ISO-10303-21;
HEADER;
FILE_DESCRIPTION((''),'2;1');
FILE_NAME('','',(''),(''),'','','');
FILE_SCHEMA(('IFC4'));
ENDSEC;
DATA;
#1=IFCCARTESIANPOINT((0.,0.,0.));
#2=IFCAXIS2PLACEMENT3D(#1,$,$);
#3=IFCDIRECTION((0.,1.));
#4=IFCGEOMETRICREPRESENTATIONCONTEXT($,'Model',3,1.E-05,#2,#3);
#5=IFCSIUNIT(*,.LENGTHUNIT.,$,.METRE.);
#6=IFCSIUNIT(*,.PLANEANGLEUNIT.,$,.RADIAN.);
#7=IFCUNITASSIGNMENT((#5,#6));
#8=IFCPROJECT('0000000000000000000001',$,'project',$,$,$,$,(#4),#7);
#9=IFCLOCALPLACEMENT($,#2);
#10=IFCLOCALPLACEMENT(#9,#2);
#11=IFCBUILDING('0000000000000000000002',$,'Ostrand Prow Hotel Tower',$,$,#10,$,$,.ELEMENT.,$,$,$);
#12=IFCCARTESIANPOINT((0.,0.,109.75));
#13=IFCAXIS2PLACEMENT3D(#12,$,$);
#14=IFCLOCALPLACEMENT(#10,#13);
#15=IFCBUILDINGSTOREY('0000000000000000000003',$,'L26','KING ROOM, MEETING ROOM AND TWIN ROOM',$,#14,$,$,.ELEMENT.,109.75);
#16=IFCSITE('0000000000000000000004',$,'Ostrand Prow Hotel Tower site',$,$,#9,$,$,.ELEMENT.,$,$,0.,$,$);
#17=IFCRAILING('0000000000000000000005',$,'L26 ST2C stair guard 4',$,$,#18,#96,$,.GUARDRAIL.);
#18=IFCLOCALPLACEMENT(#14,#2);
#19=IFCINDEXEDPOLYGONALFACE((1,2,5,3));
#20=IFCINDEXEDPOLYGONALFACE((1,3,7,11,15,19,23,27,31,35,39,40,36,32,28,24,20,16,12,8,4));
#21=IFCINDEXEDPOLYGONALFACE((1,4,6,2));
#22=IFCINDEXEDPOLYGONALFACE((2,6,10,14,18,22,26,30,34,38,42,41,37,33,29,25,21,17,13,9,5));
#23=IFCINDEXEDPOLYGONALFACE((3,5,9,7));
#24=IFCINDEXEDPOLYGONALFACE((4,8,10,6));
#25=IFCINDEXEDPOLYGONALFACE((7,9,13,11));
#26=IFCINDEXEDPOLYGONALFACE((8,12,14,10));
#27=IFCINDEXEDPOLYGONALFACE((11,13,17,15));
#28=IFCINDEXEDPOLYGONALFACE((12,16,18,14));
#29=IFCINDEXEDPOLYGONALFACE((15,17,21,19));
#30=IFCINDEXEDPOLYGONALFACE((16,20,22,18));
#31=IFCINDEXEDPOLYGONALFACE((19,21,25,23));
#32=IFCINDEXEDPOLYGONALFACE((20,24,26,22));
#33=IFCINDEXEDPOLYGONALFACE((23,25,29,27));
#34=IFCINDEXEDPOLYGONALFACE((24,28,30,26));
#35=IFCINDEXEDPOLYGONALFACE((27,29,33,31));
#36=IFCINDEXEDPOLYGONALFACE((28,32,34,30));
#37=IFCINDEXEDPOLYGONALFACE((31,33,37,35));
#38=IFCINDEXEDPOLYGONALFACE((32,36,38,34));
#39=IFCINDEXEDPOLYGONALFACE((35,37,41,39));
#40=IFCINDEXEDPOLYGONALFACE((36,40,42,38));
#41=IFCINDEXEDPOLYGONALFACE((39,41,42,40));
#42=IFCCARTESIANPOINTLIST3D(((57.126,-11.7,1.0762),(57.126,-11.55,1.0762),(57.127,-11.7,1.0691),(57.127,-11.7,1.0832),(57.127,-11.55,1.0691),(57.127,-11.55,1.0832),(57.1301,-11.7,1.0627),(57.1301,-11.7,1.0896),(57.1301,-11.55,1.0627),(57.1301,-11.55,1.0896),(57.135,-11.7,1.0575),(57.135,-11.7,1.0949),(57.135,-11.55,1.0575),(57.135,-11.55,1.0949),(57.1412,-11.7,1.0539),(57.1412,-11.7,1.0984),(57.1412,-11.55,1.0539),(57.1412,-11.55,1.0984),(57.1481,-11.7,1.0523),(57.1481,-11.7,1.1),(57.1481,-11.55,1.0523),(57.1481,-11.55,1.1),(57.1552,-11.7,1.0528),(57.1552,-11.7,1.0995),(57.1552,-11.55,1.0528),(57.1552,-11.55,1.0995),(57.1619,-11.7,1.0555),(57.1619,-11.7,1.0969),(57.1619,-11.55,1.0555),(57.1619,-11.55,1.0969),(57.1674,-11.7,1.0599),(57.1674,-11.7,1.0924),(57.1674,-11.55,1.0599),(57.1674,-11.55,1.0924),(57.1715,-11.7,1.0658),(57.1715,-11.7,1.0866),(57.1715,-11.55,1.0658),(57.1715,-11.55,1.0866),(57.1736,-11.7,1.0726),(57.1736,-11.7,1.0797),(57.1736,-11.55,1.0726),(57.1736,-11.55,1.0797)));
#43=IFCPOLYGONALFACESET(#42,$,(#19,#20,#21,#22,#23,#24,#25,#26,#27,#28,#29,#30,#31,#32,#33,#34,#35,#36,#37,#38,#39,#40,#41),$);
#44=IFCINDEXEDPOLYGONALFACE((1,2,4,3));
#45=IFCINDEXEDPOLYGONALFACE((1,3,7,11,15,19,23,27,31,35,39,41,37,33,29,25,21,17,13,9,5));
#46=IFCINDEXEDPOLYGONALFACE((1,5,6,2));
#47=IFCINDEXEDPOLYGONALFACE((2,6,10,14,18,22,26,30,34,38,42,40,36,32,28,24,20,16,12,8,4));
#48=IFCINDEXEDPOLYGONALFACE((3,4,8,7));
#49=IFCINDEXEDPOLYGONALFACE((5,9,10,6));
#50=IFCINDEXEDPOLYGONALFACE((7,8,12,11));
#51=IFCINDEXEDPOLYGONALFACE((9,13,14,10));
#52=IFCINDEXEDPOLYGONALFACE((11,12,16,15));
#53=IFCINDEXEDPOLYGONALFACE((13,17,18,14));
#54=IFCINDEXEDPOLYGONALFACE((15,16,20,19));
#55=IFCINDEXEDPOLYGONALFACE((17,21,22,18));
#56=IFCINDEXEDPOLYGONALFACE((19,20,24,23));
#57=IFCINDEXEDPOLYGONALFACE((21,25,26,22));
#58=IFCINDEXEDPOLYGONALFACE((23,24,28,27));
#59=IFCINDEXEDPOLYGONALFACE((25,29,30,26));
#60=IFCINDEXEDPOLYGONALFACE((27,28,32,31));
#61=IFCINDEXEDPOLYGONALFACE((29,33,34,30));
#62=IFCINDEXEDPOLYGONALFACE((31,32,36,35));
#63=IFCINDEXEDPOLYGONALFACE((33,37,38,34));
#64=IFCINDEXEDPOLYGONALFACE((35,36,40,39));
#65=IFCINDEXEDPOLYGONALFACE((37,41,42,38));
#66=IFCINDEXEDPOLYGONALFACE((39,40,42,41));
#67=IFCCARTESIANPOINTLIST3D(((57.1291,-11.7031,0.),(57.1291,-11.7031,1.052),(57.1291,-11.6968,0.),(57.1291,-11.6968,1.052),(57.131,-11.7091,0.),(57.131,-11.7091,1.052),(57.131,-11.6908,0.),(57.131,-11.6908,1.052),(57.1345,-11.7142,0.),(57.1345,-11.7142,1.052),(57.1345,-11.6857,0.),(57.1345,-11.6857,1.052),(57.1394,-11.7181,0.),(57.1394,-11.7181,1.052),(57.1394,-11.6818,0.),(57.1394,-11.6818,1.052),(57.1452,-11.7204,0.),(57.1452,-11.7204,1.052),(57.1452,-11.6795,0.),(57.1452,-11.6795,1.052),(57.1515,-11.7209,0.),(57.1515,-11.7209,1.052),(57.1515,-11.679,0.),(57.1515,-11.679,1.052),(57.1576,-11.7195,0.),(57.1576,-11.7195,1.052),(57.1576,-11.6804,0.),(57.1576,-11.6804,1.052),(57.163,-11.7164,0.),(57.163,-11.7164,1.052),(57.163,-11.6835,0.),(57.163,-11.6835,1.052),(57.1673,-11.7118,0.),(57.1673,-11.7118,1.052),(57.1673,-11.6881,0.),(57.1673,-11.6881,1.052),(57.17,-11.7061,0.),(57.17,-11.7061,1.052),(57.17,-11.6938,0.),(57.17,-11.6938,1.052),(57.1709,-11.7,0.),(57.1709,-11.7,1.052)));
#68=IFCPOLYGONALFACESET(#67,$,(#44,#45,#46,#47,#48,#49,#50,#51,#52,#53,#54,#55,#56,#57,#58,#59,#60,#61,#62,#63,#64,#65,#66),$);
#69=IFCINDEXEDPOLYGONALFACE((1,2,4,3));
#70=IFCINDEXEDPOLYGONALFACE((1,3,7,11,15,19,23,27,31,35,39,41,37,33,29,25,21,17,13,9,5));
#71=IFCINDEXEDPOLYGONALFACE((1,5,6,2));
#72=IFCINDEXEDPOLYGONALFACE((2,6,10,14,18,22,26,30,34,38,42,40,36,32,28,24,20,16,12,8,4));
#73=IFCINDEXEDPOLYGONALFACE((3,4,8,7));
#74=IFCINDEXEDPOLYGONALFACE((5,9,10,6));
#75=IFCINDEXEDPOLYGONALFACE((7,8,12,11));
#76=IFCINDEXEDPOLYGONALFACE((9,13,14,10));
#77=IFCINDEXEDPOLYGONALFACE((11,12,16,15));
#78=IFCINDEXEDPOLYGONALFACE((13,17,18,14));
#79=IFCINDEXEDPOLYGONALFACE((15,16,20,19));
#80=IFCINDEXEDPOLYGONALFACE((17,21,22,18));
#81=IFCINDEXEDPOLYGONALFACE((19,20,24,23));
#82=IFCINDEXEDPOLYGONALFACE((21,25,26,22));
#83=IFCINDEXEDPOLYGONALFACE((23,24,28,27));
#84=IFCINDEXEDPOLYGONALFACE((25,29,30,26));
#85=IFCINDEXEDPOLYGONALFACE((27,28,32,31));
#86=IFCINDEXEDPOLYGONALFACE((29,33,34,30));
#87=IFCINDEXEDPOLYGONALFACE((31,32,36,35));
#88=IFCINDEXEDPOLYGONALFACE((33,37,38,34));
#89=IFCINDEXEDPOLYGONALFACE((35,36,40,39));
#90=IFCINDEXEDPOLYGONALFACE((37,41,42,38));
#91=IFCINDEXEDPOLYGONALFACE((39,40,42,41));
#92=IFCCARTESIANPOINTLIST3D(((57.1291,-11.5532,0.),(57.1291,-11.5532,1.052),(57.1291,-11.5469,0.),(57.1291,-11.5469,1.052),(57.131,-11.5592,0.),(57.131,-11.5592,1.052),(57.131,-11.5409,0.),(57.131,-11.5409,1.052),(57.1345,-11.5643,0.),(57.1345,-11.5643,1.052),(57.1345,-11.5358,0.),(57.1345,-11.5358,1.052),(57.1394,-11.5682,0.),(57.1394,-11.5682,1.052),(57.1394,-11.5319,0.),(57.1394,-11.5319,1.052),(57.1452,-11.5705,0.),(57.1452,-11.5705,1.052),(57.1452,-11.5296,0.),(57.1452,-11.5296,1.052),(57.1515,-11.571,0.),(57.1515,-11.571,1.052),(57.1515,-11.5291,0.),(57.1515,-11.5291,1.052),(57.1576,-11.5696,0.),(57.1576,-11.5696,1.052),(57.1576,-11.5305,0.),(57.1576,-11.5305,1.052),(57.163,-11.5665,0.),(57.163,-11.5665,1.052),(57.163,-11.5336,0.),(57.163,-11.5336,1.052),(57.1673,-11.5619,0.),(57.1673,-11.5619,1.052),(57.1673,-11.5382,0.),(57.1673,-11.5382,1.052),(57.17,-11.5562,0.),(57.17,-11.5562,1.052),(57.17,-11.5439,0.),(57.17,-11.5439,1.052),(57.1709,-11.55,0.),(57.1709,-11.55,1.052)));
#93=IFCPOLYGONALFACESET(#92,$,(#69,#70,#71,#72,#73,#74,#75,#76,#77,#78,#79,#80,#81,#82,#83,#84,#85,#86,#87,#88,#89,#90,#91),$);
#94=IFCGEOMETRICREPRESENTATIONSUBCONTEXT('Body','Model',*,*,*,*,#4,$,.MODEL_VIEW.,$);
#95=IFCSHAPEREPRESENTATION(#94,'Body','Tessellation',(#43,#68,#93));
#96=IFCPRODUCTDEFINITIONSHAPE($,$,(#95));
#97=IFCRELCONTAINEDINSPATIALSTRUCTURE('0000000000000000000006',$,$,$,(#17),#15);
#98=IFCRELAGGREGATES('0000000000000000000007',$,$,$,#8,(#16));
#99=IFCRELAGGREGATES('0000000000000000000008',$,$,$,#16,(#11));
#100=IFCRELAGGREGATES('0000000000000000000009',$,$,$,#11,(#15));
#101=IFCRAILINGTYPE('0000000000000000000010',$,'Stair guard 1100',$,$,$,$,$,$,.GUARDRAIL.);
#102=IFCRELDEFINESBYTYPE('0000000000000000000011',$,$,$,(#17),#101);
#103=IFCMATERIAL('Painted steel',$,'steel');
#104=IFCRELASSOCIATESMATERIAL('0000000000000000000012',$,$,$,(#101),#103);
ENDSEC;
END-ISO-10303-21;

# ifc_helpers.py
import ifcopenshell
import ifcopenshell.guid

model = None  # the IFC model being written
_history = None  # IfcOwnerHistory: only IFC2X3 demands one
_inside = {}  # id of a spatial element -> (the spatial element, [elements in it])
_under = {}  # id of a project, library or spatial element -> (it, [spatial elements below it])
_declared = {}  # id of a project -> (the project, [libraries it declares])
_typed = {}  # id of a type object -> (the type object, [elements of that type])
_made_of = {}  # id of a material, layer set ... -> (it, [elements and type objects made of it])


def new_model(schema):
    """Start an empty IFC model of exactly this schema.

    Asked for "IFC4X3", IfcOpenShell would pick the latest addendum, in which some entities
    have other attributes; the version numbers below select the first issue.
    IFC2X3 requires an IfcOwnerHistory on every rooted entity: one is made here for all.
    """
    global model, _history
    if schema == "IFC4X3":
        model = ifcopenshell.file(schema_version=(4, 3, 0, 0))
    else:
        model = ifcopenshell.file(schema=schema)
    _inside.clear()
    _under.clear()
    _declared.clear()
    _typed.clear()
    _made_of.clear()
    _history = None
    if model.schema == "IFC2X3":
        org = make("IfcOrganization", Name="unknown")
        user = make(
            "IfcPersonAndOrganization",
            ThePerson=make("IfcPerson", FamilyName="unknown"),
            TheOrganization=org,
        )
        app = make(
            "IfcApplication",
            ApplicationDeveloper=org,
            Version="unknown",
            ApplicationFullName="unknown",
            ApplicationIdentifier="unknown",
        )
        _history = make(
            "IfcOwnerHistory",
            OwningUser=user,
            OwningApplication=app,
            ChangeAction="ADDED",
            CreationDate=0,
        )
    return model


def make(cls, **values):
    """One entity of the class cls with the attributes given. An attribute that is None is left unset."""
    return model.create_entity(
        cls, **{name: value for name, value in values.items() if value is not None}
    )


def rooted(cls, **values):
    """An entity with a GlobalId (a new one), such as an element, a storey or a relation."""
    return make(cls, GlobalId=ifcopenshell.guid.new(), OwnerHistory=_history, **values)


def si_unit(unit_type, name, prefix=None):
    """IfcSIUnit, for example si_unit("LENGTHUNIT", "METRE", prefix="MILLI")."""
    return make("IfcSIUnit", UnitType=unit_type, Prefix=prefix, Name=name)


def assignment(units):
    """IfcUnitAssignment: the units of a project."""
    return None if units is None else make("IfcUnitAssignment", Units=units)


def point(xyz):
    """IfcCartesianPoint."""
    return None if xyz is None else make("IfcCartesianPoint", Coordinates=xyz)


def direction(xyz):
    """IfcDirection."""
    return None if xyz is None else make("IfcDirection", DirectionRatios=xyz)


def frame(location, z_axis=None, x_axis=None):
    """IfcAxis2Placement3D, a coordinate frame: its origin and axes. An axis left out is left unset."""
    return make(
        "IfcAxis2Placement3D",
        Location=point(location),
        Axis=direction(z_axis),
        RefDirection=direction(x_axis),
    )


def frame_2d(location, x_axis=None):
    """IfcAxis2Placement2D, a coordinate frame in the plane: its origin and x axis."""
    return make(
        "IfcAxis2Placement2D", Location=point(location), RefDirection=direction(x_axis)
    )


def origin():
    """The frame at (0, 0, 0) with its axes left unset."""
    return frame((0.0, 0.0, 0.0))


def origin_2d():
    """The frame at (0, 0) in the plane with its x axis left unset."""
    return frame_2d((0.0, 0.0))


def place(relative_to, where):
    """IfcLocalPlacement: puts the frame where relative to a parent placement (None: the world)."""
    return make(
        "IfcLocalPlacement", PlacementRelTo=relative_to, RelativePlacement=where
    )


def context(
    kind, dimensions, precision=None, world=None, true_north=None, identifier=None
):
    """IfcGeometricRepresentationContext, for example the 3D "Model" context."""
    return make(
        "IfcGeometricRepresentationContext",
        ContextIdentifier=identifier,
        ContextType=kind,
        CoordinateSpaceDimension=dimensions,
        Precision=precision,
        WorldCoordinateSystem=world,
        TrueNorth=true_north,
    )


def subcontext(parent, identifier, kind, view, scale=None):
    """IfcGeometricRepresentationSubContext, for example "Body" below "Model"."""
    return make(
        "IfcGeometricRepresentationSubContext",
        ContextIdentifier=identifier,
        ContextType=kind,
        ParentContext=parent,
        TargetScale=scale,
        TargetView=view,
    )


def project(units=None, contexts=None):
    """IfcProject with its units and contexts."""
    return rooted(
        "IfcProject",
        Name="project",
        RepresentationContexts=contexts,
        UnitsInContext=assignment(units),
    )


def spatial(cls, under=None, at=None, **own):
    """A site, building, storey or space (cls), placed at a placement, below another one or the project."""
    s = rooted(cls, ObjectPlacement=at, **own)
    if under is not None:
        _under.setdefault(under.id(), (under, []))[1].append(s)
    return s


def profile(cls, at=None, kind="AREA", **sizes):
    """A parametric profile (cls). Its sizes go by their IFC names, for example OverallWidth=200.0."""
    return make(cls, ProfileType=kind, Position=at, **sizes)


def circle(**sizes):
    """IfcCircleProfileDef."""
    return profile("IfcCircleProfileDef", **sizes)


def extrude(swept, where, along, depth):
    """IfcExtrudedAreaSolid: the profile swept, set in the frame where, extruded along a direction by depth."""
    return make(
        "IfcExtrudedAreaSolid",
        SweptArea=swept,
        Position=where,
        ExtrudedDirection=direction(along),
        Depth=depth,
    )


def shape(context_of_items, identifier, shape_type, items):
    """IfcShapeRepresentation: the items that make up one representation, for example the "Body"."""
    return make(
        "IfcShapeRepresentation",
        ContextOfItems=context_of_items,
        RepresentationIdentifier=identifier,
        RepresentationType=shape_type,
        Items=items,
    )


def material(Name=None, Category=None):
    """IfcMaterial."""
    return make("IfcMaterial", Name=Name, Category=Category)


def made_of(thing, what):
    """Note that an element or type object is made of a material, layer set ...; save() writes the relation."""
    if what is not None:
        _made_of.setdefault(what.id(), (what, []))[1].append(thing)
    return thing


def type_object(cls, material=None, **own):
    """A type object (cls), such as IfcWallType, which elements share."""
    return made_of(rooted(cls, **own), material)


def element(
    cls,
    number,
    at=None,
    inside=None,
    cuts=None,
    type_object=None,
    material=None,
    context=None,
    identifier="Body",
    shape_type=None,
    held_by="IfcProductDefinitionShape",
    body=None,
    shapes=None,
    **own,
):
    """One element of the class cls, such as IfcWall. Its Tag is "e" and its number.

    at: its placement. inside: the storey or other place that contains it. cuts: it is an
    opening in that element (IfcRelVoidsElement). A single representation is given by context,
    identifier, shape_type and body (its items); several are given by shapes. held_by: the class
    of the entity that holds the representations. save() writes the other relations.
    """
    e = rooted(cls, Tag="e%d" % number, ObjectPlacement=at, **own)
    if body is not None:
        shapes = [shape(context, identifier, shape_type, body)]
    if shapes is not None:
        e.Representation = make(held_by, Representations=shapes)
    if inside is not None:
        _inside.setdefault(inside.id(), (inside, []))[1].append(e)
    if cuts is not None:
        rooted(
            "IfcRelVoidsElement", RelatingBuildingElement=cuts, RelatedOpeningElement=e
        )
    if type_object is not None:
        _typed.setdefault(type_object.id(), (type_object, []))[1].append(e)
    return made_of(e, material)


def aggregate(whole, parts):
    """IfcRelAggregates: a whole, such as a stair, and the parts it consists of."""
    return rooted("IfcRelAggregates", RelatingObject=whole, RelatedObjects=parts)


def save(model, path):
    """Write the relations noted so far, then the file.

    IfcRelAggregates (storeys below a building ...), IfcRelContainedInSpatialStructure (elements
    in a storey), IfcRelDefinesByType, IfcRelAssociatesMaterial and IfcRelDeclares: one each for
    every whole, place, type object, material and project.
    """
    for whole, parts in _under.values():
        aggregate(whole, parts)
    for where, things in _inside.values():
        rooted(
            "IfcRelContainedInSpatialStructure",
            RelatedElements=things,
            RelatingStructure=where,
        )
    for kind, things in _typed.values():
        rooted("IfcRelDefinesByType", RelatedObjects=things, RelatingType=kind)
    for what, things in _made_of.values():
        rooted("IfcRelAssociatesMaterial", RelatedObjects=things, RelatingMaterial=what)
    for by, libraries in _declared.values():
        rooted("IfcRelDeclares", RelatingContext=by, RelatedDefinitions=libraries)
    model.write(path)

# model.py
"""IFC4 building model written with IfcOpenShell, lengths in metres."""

from ifc_helpers import new_model, si_unit, direction, frame, origin, origin_2d, place, context, subcontext, project, spatial, circle, extrude, material, type_object, element, save


model = new_model("IFC4")

# Units and contexts
model_context = context("Model", 3, precision=1e-05, world=origin(), true_north=direction((0.0, 1.0)))
body_context = subcontext(model_context, "Body", "Model", "MODEL_VIEW")
ifc_project = project(units=[si_unit("LENGTHUNIT", "METRE"), si_unit("PLANEANGLEUNIT", "RADIAN")], contexts=[model_context])

# Site, building, storey
site_placement = place(None, origin())
site = spatial("IfcSite", under=ifc_project, at=site_placement, Name="Ostrand Prow Hotel Tower site", CompositionType="ELEMENT", RefElevation=0.0)
building_placement = place(site_placement, origin())
building = spatial("IfcBuilding", under=site, at=building_placement, Name="Ostrand Prow Hotel Tower", CompositionType="ELEMENT")
storey_placement = place(building_placement, frame((0.0, 0.0, 109.75)))
storey = spatial("IfcBuildingStorey", under=building, at=storey_placement, Name="L26", Description="KING ROOM, MEETING ROOM AND TWIN ROOM", CompositionType="ELEMENT", Elevation=109.75)

# Railing
ifc_material_1 = material(Name="Painted steel", Category="steel")
railing_type_1 = type_object("IfcRailingType", Name="Stair guard 1100", PredefinedType="GUARDRAIL", material=ifc_material_1)
railing_1_placement = place(storey_placement, frame((57.1499, -11.7, 0.0)))
element("IfcRailing", 1, at=railing_1_placement, inside=storey, type_object=railing_type_1, Name="L26 ST2C stair guard 4", PredefinedType="GUARDRAIL", context=body_context, shape_type="SweptSolid", body=[
    extrude(circle(Radius=0.0239, at=origin_2d()), frame((0.0, 0.0, 1.0762), z_axis=(0.0, 1.0, 0.0), x_axis=(-1.0, 0.0, 0.0)), (0.0, 0.0, 1.0), 0.1499),
    extrude(circle(Radius=0.021, at=origin_2d()), origin(), (0.0, 0.0, 1.0), 1.052),
    extrude(circle(Radius=0.021, at=origin_2d()), frame((0.0, 0.1499, 0.0)), (0.0, 0.0, 1.0), 1.052),
])

save(model, "model.ifc")
